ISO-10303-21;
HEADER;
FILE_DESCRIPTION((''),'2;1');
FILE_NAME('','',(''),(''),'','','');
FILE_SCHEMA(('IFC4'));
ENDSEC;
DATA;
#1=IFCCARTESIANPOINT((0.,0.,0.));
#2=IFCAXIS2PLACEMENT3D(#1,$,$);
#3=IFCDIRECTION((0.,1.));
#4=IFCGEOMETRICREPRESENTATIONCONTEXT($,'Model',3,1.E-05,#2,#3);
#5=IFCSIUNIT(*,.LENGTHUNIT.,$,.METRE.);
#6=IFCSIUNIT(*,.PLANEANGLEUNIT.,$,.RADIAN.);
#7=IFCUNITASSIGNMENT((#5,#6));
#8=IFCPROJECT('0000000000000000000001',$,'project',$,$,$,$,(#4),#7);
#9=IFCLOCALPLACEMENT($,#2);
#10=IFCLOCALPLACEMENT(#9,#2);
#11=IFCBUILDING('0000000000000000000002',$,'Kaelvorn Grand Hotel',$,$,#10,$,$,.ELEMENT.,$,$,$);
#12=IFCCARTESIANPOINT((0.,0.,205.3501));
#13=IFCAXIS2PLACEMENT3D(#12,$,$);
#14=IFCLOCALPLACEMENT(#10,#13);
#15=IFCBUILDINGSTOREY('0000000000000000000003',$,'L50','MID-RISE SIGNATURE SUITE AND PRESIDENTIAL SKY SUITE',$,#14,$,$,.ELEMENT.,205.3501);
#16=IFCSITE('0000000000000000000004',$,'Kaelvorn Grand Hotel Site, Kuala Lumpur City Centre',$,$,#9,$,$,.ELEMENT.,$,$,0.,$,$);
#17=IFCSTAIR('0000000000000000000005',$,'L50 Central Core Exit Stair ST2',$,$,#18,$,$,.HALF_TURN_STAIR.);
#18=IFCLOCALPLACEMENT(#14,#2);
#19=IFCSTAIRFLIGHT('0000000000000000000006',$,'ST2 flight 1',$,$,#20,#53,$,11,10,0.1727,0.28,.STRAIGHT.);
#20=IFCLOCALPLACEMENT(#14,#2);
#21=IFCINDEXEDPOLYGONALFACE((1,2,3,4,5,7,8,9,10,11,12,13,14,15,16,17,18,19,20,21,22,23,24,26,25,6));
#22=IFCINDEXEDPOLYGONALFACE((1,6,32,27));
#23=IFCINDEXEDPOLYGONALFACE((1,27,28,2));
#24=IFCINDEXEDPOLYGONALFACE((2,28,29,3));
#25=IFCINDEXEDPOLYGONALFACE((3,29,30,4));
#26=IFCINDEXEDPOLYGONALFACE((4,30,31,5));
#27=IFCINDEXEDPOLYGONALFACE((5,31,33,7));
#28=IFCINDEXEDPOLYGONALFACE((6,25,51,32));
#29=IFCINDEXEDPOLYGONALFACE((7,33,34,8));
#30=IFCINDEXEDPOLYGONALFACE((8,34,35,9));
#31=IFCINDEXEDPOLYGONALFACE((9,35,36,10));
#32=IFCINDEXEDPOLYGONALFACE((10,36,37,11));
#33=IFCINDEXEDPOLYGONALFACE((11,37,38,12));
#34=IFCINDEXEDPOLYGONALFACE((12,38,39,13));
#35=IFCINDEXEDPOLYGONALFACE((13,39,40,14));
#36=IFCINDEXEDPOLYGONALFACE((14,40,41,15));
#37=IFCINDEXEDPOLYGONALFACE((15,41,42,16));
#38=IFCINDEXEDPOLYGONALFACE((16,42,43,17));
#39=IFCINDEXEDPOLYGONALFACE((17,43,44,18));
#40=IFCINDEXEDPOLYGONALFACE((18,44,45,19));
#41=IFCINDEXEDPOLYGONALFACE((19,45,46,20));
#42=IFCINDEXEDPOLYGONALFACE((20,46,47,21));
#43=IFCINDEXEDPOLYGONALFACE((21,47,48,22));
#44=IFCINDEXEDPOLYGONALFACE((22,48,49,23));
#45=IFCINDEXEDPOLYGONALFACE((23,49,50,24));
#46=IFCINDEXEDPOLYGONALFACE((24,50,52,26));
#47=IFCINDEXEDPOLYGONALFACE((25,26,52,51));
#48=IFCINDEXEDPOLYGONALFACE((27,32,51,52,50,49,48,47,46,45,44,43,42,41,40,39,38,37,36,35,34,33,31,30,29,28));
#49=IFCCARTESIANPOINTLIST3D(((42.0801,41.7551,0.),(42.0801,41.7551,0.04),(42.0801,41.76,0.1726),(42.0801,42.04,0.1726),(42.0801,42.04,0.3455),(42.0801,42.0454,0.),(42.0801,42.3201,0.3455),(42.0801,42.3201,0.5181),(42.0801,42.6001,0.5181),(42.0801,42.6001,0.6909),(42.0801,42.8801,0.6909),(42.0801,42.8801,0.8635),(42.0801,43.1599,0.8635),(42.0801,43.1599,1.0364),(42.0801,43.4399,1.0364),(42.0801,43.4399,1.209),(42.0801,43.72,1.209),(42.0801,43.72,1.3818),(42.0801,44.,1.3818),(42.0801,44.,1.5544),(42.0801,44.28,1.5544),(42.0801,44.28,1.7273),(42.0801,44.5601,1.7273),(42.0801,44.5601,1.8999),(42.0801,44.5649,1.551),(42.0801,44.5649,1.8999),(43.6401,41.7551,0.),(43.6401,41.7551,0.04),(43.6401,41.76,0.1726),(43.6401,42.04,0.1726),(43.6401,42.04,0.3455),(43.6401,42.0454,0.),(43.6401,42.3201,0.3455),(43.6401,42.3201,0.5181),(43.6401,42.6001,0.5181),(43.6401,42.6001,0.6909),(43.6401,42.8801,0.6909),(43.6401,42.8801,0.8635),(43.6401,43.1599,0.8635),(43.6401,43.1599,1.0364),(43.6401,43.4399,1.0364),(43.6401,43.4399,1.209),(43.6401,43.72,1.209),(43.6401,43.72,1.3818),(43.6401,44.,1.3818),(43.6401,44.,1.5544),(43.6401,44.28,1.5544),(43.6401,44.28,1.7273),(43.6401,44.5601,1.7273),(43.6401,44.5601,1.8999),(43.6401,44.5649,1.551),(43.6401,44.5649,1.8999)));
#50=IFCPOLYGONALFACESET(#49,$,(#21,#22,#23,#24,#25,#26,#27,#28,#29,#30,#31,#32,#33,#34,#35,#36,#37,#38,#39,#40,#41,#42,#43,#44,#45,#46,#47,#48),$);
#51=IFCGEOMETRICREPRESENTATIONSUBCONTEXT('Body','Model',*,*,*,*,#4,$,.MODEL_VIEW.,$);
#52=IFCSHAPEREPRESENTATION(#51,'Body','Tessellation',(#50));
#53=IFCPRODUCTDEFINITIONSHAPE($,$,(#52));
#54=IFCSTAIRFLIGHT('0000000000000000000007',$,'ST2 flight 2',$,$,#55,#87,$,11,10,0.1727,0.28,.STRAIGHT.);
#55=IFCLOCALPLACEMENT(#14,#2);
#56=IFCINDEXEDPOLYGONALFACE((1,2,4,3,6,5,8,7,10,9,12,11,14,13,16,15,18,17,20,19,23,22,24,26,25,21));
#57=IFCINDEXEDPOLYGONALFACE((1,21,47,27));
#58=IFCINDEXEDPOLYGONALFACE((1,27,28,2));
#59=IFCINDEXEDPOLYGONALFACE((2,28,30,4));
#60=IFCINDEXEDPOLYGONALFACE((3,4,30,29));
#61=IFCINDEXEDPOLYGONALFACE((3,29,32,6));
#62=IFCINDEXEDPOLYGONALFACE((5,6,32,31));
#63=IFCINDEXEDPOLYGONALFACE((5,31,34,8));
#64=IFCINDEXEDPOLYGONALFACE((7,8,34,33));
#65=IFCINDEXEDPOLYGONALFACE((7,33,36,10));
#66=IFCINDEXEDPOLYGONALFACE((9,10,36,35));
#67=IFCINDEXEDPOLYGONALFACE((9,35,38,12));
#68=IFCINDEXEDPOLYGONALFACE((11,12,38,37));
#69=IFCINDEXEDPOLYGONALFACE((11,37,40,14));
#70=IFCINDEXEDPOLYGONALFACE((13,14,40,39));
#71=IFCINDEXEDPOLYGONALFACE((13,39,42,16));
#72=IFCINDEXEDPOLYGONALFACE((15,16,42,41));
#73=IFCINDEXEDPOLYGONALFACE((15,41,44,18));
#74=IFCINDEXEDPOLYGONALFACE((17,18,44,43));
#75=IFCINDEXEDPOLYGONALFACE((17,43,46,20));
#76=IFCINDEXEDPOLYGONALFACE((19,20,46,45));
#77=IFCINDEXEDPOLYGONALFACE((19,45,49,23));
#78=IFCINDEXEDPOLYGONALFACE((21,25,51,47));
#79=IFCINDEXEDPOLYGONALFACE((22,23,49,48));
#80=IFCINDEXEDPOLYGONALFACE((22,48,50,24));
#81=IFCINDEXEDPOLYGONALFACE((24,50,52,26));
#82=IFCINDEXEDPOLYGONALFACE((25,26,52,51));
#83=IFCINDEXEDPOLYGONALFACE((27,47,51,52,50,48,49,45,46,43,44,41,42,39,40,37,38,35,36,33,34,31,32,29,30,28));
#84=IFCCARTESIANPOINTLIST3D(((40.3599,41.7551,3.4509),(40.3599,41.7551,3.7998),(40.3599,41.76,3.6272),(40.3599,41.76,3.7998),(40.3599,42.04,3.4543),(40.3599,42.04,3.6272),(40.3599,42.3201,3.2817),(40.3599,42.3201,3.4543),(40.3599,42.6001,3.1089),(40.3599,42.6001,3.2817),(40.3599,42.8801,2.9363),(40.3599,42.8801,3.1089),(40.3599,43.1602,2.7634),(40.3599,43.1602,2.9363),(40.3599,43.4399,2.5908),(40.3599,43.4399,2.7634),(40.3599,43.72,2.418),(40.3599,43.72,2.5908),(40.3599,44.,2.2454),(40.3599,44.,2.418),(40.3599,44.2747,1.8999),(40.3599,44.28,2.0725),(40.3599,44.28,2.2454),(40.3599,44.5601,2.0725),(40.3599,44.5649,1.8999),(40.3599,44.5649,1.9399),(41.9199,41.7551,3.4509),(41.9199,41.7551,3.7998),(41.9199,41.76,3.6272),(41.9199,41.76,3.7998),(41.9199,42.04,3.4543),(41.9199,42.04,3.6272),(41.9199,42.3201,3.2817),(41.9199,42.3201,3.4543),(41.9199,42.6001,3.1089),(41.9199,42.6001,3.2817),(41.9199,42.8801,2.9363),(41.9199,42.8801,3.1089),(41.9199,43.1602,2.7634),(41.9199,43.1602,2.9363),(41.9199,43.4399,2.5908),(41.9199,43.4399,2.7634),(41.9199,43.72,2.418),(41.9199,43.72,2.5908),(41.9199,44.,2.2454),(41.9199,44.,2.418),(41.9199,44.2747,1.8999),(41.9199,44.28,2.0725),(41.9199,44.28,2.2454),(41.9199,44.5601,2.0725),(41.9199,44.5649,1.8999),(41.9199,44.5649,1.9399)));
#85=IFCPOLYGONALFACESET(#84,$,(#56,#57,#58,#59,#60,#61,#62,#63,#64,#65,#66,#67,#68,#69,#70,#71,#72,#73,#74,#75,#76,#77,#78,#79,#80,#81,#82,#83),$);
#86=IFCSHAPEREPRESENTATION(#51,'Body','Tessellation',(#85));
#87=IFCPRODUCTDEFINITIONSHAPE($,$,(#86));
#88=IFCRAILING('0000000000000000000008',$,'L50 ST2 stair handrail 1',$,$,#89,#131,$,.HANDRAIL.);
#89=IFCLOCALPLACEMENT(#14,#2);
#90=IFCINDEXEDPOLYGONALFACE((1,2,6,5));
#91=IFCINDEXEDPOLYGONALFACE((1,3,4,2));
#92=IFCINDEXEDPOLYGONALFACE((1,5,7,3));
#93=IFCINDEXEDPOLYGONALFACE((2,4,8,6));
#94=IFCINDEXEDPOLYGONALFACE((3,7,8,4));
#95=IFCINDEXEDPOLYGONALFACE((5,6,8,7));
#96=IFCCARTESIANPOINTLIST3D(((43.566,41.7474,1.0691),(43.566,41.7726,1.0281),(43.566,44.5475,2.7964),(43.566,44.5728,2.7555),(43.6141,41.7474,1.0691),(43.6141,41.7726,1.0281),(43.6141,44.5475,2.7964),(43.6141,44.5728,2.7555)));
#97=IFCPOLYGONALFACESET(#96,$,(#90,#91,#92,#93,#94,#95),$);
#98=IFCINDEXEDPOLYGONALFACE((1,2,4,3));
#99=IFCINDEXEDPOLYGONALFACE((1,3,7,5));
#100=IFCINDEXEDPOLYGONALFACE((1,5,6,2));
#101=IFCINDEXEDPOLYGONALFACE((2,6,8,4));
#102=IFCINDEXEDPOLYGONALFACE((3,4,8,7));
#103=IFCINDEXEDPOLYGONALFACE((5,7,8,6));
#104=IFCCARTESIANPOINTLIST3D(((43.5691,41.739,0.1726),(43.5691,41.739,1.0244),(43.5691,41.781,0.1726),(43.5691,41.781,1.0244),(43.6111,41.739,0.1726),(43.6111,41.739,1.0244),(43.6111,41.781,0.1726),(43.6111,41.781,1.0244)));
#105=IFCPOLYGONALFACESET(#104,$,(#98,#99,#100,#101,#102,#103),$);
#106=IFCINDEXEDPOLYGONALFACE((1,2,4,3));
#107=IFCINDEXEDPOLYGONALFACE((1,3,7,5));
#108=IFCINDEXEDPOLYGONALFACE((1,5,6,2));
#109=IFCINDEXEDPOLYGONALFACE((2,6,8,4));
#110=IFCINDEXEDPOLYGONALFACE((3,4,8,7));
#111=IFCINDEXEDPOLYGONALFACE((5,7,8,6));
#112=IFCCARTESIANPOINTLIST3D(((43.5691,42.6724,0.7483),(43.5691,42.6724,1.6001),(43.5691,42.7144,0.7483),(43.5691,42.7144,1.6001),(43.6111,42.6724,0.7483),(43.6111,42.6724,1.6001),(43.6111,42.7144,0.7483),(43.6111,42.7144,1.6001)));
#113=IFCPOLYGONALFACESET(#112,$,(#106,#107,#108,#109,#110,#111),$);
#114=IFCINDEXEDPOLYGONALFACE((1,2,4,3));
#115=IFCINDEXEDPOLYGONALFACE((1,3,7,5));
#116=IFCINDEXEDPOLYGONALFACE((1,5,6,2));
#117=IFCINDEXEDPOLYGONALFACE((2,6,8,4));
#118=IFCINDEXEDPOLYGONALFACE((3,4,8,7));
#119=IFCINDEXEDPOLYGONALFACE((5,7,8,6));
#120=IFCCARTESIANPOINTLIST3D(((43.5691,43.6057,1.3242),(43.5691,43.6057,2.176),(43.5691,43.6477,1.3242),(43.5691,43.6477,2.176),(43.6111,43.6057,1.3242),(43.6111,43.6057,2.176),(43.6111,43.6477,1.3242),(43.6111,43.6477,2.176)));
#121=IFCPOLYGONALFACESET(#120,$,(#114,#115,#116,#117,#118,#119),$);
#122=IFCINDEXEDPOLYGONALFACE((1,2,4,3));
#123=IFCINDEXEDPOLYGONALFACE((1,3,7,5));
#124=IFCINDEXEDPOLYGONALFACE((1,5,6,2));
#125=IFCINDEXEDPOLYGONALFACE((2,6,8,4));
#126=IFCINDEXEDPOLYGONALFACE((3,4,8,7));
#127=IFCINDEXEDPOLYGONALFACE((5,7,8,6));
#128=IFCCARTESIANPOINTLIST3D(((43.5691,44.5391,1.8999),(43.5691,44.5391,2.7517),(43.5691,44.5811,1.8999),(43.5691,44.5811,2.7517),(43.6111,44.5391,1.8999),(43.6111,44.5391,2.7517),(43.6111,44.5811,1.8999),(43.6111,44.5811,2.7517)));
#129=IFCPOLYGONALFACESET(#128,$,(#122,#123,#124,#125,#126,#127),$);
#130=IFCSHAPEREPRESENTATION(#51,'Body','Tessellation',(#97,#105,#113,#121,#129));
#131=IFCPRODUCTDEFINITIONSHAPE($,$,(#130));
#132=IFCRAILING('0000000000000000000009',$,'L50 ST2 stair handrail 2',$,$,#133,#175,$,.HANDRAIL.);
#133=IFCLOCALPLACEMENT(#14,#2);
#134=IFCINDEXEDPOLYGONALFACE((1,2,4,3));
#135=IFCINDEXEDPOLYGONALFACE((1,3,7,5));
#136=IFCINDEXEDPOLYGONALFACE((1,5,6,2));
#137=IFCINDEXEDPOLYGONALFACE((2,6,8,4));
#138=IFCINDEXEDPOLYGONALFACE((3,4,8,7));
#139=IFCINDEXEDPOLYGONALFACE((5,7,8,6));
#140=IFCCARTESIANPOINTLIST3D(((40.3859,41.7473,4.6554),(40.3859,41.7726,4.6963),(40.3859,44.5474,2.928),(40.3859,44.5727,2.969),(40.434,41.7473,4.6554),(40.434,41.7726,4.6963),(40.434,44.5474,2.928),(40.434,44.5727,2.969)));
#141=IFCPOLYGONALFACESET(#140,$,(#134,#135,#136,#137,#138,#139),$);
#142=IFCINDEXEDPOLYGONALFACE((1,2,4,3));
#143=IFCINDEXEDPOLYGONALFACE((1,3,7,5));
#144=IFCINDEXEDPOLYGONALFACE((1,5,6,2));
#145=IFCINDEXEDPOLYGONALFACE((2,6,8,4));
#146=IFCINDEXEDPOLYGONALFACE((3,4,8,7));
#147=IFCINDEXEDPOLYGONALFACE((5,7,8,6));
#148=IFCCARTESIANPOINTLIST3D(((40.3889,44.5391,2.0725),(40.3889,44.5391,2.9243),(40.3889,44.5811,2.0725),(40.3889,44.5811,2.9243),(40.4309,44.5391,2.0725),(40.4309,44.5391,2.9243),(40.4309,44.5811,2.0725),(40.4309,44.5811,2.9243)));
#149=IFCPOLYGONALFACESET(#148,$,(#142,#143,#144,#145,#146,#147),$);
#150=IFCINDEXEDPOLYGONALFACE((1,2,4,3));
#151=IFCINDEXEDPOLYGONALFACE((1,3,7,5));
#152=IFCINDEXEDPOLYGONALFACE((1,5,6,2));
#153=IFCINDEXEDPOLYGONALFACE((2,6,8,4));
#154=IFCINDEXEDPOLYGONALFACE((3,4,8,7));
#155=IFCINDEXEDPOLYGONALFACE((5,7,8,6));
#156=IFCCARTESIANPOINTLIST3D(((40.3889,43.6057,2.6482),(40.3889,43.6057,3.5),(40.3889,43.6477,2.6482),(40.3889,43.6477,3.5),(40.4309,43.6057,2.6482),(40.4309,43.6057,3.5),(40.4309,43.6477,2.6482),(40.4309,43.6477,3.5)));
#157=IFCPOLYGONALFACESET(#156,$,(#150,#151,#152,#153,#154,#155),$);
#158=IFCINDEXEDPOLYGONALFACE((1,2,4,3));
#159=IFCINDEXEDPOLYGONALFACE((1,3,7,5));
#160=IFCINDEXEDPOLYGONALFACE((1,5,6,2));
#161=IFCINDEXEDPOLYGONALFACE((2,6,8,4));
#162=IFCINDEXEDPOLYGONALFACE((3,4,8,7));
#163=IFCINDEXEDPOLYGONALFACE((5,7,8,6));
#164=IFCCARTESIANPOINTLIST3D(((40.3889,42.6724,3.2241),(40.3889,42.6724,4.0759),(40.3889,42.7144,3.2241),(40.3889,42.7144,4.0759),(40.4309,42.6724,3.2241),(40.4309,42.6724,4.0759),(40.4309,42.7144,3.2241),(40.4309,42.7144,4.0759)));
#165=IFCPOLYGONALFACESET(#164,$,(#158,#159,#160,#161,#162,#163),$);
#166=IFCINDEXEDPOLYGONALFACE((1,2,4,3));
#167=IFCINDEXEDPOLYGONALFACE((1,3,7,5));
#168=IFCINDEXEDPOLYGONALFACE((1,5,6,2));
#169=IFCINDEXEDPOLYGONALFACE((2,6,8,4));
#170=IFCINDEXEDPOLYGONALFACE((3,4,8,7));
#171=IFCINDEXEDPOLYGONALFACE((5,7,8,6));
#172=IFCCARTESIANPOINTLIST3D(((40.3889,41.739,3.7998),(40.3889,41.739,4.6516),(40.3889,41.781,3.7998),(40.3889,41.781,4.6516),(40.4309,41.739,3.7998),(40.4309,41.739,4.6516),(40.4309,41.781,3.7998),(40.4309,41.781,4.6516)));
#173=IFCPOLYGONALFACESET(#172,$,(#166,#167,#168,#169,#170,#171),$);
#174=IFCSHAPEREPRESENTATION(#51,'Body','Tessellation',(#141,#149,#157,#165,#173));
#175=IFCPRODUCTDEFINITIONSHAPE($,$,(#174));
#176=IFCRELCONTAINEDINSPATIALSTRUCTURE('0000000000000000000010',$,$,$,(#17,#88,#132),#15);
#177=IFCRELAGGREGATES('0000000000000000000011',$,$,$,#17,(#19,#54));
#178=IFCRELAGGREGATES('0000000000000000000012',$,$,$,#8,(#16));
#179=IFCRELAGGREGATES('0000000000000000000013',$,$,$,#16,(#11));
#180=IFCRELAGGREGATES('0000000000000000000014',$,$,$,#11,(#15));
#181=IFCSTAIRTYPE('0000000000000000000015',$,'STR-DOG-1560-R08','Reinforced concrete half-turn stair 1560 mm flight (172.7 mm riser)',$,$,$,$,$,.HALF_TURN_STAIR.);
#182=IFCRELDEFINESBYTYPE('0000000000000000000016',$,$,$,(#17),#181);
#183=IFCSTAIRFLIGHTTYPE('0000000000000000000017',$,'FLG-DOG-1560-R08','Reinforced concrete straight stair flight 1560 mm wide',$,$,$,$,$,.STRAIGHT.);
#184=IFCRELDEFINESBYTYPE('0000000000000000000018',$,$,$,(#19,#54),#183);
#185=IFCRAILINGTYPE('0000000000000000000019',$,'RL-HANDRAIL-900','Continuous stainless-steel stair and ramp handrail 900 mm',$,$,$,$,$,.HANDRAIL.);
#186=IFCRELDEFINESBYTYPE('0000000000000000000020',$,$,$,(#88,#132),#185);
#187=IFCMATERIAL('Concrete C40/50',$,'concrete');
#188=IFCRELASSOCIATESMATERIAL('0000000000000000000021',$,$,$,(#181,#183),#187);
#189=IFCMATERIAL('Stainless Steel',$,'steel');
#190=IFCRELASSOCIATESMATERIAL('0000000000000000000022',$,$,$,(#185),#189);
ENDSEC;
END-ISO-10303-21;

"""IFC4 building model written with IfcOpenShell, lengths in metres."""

from ifc_helpers import new_model, si_unit, direction, frame, origin, origin_2d, place, context, subcontext, project, spatial, polyline, rectangle, outline, extrude, material, type_object, element, aggregate, save


model = new_model("IFC4")

# Units and contexts
model_context = context("Model", 3, precision=1e-05, world=origin(), true_north=direction((0.0, 1.0)))
body_context = subcontext(model_context, "Body", "Model", "MODEL_VIEW")
ifc_project = project(units=[si_unit("LENGTHUNIT", "METRE"), si_unit("PLANEANGLEUNIT", "RADIAN")], contexts=[model_context])

# Site, building, storey
site_placement = place(None, origin())
site = spatial("IfcSite", under=ifc_project, at=site_placement, Name="Kaelvorn Grand Hotel Site, Kuala Lumpur City Centre", CompositionType="ELEMENT", RefElevation=0.0)
building_placement = place(site_placement, origin())
building = spatial("IfcBuilding", under=site, at=building_placement, Name="Kaelvorn Grand Hotel", CompositionType="ELEMENT")
storey_placement = place(building_placement, frame((0.0, 0.0, 205.3501)))
storey = spatial("IfcBuildingStorey", under=building, at=storey_placement, Name="L50", Description="MID-RISE SIGNATURE SUITE AND PRESIDENTIAL SKY SUITE", CompositionType="ELEMENT", Elevation=205.3501)

# Shared definitions
ifc_material_1 = material(Name="Concrete C40/50", Category="concrete")

# Stair, stair flights
stair_type = type_object("IfcStairType", Name="STR-DOG-1560-R08", Description="Reinforced concrete half-turn stair 1560 mm flight (172.7 mm riser)", PredefinedType="HALF_TURN_STAIR", material=ifc_material_1)
stair_placement = place(storey_placement, origin())
stair = element("IfcStair", 1, at=stair_placement, inside=storey, type_object=stair_type, Name="L50 Central Core Exit Stair ST2", PredefinedType="HALF_TURN_STAIR")
stair_flight_type = type_object("IfcStairFlightType", Name="FLG-DOG-1560-R08", Description="Reinforced concrete straight stair flight 1560 mm wide", PredefinedType="STRAIGHT", material=ifc_material_1)
stair_flight_1_placement = place(storey_placement, frame((42.8601, 41.76, 0.0), z_axis=(0.0, 0.0, 1.0), x_axis=(0.0, 1.0, 0.0)))
stair_flight_1 = element("IfcStairFlight", 2, at=stair_flight_1_placement, type_object=stair_flight_type, Name="ST2 flight 1", NumberOfRisers=11, NumberOfTreads=10, PredefinedType="STRAIGHT", RiserHeight=0.1727, TreadLength=0.28, context=body_context, shape_type="SweptSolid", body=[
    extrude(outline(polyline([(-0.0049, 0.0), (-0.0049, 0.04), (0.0, 0.1726), (0.28, 0.1726), (0.28, 0.3455), (0.5601, 0.3455), (0.5601, 0.5181), (0.8401, 0.5181), (0.8401, 0.6909), (1.1201, 0.6909), (1.1201, 0.8635), (1.3999, 0.8635), (1.3999, 1.0364), (1.6799, 1.0364), (1.6799, 1.209), (1.96, 1.209), (1.96, 1.3818), (2.24, 1.3818), (2.24, 1.5544), (2.52, 1.5544), (2.52, 1.7273), (2.8, 1.7273), (2.8, 1.8999), (2.8049, 1.8999), (2.8049, 1.551), (0.2854, 0.0), (-0.0049, 0.0)])), frame((0.0, 0.78, 0.0), z_axis=(0.0, -1.0, 0.0), x_axis=(1.0, 0.0, 0.0)), (0.0, 0.0, 1.0), 1.5601),
])
stair_flight_2_placement = place(storey_placement, frame((41.1399, 44.5601, 1.8999), z_axis=(0.0, 0.0, 1.0), x_axis=(0.0, -1.0, 0.0)))
stair_flight_2 = element("IfcStairFlight", 3, at=stair_flight_2_placement, type_object=stair_flight_type, Name="ST2 flight 2", NumberOfRisers=11, NumberOfTreads=10, PredefinedType="STRAIGHT", RiserHeight=0.1727, TreadLength=0.28, context=body_context, shape_type="SweptSolid", body=[
    extrude(outline(polyline([(-0.0049, 0.0), (-0.0049, 0.04), (0.0, 0.1726), (0.28, 0.1726), (0.28, 0.3455), (0.5601, 0.3455), (0.5601, 0.5181), (0.8401, 0.5181), (0.8401, 0.6909), (1.1201, 0.6909), (1.1201, 0.8635), (1.3999, 0.8635), (1.3999, 1.0364), (1.6799, 1.0364), (1.6799, 1.209), (1.96, 1.209), (1.96, 1.3818), (2.24, 1.3818), (2.24, 1.5544), (2.52, 1.5544), (2.52, 1.7273), (2.8, 1.7273), (2.8, 1.8999), (2.8049, 1.8999), (2.8049, 1.551), (0.2854, 0.0), (-0.0049, 0.0)])), frame((0.0, 0.78, 0.0), z_axis=(0.0, -1.0, 0.0), x_axis=(1.0, 0.0, 0.0)), (0.0, 0.0, 1.0), 1.5601),
])
aggregate(stair, [stair_flight_1, stair_flight_2])

# Railings
ifc_material_2 = material(Name="Stainless Steel", Category="steel")
railing_type_1 = type_object("IfcRailingType", Name="RL-HANDRAIL-900", Description="Continuous stainless-steel stair and ramp handrail 900 mm", PredefinedType="HANDRAIL", material=ifc_material_2)
railing_1_placement = place(storey_placement, frame((43.5901, 41.76, 0.1726)))
element("IfcRailing", 4, at=railing_1_placement, inside=storey, type_object=railing_type_1, Name="L50 ST2 stair handrail 1", PredefinedType="HANDRAIL", context=body_context, shape_type="SweptSolid", body=[
    extrude(rectangle(XDim=0.0481, YDim=0.0481, at=origin_2d()), frame((0.0, 0.0, 0.876), z_axis=(0.0, 0.85109, 0.52502), x_axis=(-1.0, 0.0, 0.0)), (0.0, 0.0, 1.0), 3.29),
    extrude(rectangle(XDim=0.042, YDim=0.042, at=origin_2d()), origin(), (0.0, 0.0, 1.0), 0.8518),
    extrude(rectangle(XDim=0.042, YDim=0.042, at=origin_2d()), frame((0.0, 0.9333, 0.5757)), (0.0, 0.0, 1.0), 0.8518),
    extrude(rectangle(XDim=0.042, YDim=0.042, at=origin_2d()), frame((0.0, 1.8667, 1.1516)), (0.0, 0.0, 1.0), 0.8518),
    extrude(rectangle(XDim=0.042, YDim=0.042, at=origin_2d()), frame((0.0, 2.8, 1.7273)), (0.0, 0.0, 1.0), 0.8518),
])
railing_2_placement = place(storey_placement, frame((40.4099, 44.5601, 2.0725)))
element("IfcRailing", 5, at=railing_2_placement, inside=storey, type_object=railing_type_1, Name="L50 ST2 stair handrail 2", PredefinedType="HANDRAIL", context=body_context, shape_type="SweptSolid", body=[
    extrude(rectangle(XDim=0.0481, YDim=0.0481, at=origin_2d()), frame((0.0, 0.0, 0.876), z_axis=(0.0, -0.85109, 0.52502), x_axis=(1.0, 0.0, 0.0)), (0.0, 0.0, 1.0), 3.29),
    extrude(rectangle(XDim=0.042, YDim=0.042, at=origin_2d()), origin(), (0.0, 0.0, 1.0), 0.8518),
    extrude(rectangle(XDim=0.042, YDim=0.042, at=origin_2d()), frame((0.0, -0.9333, 0.5757)), (0.0, 0.0, 1.0), 0.8518),
    extrude(rectangle(XDim=0.042, YDim=0.042, at=origin_2d()), frame((0.0, -1.8667, 1.1516)), (0.0, 0.0, 1.0), 0.8518),
    extrude(rectangle(XDim=0.042, YDim=0.042, at=origin_2d()), frame((0.0, -2.8, 1.7273)), (0.0, 0.0, 1.0), 0.8518),
])

save(model, "model.ifc")
